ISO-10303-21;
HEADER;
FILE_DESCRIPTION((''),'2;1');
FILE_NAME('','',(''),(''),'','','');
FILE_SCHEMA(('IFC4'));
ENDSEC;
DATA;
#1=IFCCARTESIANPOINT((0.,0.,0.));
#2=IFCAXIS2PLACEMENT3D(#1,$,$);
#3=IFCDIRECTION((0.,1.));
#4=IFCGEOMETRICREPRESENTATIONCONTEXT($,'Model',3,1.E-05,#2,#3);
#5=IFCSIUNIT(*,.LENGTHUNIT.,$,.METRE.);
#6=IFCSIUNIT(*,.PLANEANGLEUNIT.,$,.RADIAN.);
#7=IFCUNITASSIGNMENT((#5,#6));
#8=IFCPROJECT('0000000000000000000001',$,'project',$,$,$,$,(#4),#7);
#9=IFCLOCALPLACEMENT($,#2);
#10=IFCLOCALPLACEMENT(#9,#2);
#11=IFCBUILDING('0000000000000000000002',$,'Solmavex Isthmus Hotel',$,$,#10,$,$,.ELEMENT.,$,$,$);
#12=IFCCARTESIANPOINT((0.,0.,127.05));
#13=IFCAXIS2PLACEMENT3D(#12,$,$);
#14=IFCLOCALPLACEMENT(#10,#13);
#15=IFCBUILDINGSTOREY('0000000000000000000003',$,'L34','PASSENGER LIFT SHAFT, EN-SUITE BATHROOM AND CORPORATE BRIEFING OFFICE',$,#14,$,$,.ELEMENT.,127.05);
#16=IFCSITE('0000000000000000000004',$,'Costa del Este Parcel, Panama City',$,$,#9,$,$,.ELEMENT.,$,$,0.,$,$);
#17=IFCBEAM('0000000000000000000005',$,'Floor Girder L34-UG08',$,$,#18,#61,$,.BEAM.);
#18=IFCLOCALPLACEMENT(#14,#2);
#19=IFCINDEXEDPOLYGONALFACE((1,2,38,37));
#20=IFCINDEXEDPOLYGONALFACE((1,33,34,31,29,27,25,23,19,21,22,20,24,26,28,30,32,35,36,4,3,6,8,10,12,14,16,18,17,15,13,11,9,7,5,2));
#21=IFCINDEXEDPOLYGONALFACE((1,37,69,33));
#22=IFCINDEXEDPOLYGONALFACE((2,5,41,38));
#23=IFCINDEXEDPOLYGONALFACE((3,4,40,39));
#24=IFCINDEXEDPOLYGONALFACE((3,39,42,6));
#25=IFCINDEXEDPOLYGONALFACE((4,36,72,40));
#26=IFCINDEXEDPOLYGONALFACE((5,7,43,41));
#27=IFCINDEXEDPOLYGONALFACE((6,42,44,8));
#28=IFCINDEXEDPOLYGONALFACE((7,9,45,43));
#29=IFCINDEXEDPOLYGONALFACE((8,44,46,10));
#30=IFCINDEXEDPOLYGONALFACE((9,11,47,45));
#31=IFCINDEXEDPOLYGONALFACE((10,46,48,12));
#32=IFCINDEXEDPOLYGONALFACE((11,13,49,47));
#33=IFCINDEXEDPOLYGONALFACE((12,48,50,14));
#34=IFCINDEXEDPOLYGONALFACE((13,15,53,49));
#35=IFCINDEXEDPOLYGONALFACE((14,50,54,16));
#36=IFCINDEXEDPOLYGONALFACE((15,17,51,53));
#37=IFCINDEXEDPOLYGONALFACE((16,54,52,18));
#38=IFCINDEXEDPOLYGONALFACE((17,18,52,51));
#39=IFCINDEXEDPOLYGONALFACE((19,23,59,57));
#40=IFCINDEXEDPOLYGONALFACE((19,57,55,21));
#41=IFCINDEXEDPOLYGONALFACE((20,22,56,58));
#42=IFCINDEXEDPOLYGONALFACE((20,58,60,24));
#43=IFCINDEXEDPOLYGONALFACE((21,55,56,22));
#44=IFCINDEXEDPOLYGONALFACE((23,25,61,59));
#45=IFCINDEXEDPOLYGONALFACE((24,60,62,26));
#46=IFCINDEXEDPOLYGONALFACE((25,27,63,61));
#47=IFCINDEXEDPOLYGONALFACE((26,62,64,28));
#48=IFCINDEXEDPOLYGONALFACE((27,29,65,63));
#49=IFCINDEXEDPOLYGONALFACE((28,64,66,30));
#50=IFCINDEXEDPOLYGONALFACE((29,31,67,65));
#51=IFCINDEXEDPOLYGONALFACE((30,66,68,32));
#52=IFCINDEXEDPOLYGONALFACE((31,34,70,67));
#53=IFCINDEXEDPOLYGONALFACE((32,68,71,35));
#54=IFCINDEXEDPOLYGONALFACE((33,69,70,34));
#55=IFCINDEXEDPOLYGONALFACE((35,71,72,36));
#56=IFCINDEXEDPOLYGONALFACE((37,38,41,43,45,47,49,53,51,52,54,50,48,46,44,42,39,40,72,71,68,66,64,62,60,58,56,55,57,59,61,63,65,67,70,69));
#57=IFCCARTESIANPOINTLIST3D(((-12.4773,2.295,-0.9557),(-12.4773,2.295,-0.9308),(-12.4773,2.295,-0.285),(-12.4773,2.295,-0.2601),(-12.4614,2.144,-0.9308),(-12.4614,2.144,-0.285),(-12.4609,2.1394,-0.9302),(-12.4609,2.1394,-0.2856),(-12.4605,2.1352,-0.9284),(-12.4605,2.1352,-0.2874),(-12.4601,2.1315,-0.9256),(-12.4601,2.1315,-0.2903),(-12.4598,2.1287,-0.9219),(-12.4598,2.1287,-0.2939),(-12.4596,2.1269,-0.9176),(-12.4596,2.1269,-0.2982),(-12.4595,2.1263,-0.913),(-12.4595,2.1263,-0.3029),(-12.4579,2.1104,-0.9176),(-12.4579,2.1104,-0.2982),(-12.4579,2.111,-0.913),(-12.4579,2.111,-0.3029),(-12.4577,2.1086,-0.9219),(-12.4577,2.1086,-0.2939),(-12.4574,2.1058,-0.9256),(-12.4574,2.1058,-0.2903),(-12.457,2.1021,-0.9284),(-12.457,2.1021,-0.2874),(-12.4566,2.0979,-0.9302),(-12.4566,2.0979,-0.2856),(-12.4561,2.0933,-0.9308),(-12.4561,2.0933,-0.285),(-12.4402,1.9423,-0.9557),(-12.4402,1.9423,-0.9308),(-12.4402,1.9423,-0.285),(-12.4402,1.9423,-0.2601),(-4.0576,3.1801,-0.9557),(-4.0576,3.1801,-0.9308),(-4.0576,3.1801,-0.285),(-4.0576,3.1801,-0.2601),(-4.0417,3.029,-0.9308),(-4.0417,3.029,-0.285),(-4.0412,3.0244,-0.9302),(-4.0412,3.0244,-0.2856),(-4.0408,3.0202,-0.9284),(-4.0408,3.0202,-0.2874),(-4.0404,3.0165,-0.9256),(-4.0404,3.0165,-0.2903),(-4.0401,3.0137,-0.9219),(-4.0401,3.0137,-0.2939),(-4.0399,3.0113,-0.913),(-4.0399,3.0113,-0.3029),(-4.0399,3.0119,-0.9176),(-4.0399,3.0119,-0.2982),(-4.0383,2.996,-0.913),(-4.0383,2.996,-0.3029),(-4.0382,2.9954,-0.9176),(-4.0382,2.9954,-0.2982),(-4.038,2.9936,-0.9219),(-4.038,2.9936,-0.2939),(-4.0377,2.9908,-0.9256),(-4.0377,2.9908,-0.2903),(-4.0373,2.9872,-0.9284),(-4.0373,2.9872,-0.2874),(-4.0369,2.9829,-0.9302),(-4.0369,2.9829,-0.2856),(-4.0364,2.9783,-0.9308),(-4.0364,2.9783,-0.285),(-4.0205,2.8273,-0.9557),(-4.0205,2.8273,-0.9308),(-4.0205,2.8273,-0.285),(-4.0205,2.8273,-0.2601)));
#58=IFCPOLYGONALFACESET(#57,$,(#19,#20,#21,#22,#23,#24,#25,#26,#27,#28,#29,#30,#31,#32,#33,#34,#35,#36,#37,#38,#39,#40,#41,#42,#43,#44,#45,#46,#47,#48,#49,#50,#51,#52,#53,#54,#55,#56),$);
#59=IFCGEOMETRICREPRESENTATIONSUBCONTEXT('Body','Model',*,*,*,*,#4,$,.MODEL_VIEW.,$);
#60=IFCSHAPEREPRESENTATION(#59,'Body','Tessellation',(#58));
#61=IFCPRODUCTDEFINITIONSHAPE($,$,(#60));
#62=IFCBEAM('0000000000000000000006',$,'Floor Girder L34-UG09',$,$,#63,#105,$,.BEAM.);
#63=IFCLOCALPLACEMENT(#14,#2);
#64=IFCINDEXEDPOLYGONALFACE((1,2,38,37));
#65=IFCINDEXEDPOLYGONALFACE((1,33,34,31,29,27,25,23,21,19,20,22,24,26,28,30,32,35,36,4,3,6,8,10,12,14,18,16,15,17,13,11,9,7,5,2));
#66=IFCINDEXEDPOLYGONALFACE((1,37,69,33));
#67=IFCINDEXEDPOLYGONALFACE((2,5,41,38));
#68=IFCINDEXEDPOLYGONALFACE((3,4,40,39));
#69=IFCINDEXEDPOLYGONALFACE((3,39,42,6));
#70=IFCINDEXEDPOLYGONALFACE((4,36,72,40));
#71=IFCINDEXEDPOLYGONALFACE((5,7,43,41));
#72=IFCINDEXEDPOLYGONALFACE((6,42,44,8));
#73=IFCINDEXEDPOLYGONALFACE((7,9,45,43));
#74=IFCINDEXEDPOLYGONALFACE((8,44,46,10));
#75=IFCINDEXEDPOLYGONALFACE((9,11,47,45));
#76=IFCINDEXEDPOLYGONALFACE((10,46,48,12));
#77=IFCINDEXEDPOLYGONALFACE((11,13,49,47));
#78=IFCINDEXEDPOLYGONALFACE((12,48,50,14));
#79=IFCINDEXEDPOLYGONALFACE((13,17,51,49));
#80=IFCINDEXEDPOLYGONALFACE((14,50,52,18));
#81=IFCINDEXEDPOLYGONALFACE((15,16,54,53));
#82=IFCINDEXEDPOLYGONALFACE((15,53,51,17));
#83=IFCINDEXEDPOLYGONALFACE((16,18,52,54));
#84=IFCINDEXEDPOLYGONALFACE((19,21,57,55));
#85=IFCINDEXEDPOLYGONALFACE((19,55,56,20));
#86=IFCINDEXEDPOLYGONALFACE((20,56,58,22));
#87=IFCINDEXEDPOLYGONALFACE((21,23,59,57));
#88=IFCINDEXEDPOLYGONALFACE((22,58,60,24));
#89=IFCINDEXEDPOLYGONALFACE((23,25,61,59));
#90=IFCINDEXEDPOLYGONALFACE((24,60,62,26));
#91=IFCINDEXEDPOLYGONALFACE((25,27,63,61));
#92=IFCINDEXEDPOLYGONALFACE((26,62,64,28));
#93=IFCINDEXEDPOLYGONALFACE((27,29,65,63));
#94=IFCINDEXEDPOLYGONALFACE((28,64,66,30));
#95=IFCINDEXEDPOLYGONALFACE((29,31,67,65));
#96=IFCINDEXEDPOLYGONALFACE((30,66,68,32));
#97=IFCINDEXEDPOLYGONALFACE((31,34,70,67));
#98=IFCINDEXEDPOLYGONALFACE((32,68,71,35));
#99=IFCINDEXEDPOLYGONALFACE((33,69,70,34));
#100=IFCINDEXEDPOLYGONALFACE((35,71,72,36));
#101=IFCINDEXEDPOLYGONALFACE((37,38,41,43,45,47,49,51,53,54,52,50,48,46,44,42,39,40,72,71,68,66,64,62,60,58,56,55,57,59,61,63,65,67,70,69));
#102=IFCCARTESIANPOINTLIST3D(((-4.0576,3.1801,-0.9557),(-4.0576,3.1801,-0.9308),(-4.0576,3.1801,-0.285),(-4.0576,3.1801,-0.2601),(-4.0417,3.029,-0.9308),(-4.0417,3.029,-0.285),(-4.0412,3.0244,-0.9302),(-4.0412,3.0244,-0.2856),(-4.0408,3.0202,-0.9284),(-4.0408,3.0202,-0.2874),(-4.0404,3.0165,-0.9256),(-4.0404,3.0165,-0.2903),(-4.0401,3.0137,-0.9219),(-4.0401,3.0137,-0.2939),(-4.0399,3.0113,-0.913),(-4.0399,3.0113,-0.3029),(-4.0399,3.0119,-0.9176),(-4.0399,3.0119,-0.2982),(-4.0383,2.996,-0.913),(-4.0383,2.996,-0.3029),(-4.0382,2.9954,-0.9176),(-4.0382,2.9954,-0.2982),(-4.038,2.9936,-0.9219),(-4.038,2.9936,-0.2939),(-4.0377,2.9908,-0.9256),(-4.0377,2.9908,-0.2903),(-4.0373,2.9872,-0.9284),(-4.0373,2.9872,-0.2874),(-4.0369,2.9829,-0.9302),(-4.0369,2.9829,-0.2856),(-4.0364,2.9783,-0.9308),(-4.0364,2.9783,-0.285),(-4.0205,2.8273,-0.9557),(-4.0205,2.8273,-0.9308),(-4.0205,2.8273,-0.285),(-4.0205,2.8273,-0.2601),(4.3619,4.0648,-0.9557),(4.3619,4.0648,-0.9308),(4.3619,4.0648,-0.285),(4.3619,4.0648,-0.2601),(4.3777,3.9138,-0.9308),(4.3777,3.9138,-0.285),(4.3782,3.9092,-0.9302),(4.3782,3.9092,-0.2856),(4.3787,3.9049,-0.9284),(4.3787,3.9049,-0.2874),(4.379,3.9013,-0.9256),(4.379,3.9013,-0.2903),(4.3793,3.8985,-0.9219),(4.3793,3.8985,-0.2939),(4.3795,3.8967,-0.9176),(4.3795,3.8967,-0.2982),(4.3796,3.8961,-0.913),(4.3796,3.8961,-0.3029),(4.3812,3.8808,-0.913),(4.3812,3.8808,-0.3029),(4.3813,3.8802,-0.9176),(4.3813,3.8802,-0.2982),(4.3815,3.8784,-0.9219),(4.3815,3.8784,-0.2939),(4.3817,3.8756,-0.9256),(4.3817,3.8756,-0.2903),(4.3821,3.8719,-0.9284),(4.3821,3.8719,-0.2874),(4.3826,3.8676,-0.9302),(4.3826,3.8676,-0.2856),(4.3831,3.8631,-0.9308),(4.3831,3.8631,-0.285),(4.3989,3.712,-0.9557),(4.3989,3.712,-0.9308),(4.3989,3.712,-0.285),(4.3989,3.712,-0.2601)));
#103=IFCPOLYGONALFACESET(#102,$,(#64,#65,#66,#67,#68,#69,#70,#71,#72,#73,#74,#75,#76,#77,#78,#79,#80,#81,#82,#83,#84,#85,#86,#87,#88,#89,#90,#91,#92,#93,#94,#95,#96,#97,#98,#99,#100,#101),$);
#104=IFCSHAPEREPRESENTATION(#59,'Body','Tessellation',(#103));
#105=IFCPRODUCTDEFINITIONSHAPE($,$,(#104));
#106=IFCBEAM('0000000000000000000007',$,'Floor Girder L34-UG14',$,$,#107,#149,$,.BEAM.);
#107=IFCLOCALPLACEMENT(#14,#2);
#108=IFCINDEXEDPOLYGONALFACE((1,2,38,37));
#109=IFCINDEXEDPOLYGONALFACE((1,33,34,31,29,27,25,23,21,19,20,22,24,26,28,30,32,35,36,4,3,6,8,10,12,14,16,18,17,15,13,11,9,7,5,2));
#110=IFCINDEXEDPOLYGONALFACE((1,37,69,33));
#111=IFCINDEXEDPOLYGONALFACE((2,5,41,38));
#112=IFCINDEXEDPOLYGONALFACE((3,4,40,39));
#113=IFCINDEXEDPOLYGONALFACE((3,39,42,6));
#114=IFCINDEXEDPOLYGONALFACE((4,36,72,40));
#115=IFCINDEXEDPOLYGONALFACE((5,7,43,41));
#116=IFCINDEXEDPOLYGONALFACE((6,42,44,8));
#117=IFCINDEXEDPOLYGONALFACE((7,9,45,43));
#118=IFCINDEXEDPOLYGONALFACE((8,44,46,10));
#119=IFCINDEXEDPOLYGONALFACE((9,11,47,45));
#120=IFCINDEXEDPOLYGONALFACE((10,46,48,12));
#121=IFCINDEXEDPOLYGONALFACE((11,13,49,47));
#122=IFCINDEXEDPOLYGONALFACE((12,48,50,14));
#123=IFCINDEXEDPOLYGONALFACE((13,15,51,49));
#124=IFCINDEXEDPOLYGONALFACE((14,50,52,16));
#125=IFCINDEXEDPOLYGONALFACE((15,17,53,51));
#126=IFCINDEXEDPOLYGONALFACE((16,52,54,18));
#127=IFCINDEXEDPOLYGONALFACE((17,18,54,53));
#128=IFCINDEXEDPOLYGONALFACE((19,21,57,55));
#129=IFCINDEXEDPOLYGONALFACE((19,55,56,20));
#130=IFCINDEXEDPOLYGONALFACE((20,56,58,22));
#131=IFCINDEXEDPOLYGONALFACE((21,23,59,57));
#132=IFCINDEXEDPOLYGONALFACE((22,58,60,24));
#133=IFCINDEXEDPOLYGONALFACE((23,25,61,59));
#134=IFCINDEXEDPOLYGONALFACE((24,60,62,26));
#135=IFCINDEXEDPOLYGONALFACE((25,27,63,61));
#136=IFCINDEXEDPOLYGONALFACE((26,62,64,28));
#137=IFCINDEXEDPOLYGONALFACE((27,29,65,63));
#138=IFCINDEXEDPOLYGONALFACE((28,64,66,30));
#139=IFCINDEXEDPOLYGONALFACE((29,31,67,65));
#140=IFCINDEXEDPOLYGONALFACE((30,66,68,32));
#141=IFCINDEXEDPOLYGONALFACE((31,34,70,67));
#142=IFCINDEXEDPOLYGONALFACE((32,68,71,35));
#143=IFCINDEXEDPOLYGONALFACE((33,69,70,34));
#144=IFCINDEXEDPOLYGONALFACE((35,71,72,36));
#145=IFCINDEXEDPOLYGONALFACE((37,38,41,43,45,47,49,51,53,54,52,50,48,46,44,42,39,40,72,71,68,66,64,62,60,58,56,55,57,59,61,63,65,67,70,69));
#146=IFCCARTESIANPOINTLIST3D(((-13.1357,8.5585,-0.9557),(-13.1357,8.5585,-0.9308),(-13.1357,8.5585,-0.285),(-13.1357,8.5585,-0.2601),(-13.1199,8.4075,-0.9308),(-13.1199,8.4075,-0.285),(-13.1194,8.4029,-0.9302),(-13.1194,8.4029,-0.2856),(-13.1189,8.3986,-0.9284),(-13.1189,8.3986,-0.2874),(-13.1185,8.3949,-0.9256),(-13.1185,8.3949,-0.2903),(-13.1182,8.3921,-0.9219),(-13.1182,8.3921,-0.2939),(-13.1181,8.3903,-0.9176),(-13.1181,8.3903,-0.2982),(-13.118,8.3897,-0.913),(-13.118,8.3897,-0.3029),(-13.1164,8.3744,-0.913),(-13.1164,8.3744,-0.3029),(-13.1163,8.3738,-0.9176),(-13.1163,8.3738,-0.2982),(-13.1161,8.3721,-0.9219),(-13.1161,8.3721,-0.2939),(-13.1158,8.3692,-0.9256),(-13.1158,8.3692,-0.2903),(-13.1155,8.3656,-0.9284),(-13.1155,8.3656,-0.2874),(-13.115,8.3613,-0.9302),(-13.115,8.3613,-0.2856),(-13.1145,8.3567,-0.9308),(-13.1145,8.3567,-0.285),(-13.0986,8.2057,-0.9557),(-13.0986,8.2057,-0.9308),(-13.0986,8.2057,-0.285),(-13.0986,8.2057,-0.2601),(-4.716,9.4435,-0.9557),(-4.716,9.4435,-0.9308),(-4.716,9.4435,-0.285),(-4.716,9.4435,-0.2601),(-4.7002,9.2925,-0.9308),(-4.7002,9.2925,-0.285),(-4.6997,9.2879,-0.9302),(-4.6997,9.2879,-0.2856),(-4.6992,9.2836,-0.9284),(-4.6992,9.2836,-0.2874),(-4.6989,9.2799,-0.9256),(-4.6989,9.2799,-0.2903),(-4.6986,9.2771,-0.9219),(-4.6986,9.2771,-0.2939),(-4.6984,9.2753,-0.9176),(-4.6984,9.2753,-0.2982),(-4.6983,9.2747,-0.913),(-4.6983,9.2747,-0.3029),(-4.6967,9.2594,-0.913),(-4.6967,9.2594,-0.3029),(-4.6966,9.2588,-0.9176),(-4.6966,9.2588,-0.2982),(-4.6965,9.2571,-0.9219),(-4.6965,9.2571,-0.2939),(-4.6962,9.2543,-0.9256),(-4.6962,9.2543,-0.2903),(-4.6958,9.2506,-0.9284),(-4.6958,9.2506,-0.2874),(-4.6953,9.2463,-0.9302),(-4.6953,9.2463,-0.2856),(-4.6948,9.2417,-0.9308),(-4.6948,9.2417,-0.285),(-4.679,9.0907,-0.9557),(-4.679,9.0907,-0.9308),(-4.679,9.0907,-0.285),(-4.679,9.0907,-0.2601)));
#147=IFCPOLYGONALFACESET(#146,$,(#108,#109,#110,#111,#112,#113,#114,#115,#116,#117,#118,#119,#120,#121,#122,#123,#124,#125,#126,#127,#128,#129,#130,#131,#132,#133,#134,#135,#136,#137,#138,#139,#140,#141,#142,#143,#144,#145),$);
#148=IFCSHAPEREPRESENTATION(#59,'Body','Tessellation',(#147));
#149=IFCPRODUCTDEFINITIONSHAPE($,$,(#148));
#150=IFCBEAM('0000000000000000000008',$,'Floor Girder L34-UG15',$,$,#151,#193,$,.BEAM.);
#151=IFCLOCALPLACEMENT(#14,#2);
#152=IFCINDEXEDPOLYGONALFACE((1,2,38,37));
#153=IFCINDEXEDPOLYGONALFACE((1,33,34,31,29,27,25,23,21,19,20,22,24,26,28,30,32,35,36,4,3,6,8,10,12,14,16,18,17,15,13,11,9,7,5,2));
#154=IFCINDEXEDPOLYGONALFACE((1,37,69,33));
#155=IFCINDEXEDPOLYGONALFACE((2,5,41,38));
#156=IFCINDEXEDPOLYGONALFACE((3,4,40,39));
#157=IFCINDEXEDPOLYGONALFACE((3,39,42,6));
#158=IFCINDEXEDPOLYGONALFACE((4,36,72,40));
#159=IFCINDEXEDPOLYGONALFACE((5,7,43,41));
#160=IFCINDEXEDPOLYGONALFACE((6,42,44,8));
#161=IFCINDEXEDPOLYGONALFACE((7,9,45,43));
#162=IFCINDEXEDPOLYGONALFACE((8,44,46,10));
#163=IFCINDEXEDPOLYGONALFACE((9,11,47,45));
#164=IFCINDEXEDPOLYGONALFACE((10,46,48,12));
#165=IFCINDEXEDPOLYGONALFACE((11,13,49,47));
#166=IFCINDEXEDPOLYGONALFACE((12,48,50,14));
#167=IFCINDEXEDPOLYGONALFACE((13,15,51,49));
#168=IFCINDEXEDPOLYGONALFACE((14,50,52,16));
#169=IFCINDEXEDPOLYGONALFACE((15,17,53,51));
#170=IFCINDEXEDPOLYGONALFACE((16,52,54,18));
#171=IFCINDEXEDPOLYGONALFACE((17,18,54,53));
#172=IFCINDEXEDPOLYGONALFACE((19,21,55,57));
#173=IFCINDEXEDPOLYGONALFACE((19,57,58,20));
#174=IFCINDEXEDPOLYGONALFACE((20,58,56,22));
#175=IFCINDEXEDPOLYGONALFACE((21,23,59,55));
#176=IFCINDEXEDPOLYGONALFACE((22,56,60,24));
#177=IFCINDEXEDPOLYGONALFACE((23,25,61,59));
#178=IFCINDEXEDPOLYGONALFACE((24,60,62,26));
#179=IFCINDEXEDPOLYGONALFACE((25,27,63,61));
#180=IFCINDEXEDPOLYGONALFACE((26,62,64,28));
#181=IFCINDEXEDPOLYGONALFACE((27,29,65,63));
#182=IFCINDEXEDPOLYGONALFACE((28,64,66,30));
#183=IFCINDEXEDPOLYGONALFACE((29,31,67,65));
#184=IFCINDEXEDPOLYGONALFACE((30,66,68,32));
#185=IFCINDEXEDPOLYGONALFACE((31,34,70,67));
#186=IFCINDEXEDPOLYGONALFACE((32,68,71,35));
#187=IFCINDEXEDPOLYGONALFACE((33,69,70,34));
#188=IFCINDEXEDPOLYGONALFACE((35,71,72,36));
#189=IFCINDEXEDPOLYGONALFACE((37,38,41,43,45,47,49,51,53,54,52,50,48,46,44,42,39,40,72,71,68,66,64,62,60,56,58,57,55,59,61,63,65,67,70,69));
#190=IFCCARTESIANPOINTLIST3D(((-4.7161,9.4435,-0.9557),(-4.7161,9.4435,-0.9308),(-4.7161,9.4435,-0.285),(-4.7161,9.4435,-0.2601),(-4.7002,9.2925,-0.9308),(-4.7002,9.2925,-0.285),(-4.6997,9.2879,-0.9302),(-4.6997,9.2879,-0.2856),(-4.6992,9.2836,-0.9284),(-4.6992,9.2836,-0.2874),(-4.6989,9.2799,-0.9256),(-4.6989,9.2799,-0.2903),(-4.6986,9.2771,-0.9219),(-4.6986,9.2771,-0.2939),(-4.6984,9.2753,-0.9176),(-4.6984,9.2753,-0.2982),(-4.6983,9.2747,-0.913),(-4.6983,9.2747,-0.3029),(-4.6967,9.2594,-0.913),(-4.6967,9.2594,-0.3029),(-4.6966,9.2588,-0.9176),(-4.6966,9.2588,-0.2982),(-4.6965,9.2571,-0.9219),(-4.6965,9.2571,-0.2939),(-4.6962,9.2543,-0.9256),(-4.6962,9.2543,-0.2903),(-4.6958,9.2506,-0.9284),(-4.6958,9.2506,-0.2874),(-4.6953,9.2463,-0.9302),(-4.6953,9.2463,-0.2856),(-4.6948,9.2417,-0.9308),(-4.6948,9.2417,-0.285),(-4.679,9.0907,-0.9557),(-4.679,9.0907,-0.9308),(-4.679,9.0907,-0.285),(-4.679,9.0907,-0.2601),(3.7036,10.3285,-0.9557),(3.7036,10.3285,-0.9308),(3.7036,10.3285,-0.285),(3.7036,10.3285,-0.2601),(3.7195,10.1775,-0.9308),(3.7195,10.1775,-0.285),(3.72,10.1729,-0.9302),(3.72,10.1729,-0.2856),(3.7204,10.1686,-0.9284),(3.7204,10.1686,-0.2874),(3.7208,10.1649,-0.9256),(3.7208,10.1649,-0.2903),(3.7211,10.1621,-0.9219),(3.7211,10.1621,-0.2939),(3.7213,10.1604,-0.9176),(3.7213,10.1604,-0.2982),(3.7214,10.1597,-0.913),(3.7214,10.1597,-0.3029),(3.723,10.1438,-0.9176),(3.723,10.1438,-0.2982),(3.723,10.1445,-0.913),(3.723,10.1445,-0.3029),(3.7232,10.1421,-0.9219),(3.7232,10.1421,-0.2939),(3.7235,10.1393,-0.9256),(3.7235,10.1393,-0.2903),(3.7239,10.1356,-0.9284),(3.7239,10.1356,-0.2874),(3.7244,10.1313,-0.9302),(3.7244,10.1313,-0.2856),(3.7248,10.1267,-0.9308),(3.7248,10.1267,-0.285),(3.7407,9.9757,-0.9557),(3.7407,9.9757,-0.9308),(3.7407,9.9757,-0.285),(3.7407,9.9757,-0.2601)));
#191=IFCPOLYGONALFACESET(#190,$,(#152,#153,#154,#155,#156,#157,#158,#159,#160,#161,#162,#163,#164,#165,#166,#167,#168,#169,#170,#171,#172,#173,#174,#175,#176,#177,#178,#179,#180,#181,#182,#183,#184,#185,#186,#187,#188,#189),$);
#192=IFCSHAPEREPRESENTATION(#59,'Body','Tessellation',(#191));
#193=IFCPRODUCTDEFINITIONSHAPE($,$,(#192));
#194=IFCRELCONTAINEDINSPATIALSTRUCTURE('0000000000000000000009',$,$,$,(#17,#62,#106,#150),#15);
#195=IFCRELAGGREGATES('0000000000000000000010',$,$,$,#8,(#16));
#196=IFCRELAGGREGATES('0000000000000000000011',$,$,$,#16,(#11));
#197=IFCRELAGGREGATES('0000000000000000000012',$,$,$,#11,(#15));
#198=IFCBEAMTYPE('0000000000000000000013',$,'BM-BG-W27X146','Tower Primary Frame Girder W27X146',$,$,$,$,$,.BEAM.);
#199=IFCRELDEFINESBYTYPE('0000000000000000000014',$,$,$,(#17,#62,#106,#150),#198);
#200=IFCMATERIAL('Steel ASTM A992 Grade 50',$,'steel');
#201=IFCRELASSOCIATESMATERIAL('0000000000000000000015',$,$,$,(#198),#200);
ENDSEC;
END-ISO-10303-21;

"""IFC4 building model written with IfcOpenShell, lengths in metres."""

from ifc_helpers import new_model, si_unit, direction, frame, origin, origin_2d, place, context, subcontext, project, spatial, i_section, extrude, material, material_profile, profile_set, type_object, element, save


model = new_model("IFC4")

# Units and contexts
model_context = context("Model", 3, precision=1e-05, world=origin(), true_north=direction((0.0, 1.0)))
body_context = subcontext(model_context, "Body", "Model", "MODEL_VIEW")
ifc_project = project(units=[si_unit("LENGTHUNIT", "METRE"), si_unit("PLANEANGLEUNIT", "RADIAN")], contexts=[model_context])

# Site, building, storey
site_placement = place(None, origin())
site = spatial("IfcSite", under=ifc_project, at=site_placement, Name="Costa del Este Parcel, Panama City", CompositionType="ELEMENT", RefElevation=0.0)
building_placement = place(site_placement, origin())
building = spatial("IfcBuilding", under=site, at=building_placement, Name="Solmavex Isthmus Hotel", CompositionType="ELEMENT")
storey_placement = place(building_placement, frame((0.0, 0.0, 127.05)))
storey = spatial("IfcBuildingStorey", under=building, at=storey_placement, Name="L34", Description="PASSENGER LIFT SHAFT, EN-SUITE BATHROOM AND CORPORATE BRIEFING OFFICE", CompositionType="ELEMENT", Elevation=127.05)

# Beams
ifc_material_1 = material(Name="Steel ASTM A992 Grade 50", Category="steel")
ifc_material_profile_1 = material_profile(ifc_material_1, i_section(OverallWidth=0.3547, OverallDepth=0.6956, WebThickness=0.0154, FlangeThickness=0.0249, FilletRadius=0.0178, at=origin_2d()), Name="W27X146")
ifc_profile_set_1 = profile_set([ifc_material_profile_1], Name="Steel ASTM A992 Grade 50")
beam_type_1 = type_object("IfcBeamType", Name="BM-BG-W27X146", Description="Tower Primary Frame Girder W27X146", PredefinedType="BEAM", material=ifc_profile_set_1)
beam_1_placement = place(storey_placement, frame((-12.4587, 2.1187, -0.6079), z_axis=(0.994521, 0.104536, 0.0), x_axis=(-0.104536, 0.994521, 0.0)))
element("IfcBeam", 1, at=beam_1_placement, inside=storey, type_object=beam_type_1, Name="Floor Girder L34-UG08", PredefinedType="BEAM", context=body_context, shape_type="SweptSolid", body=[
    extrude(i_section(OverallWidth=0.3547, OverallDepth=0.6956, WebThickness=0.0154, FlangeThickness=0.0249, FilletRadius=0.0178, at=origin_2d()), origin(), (0.0, 0.0, 1.0), 8.4661),
])
beam_2_placement = place(storey_placement, frame((-4.0391, 3.0037, -0.6079), z_axis=(0.994524, 0.104511, 0.0), x_axis=(-0.104511, 0.994524, 0.0)))
element("IfcBeam", 2, at=beam_2_placement, inside=storey, type_object=beam_type_1, Name="Floor Girder L34-UG09", PredefinedType="BEAM", context=body_context, shape_type="SweptSolid", body=[
    extrude(i_section(OverallWidth=0.3547, OverallDepth=0.6956, WebThickness=0.0154, FlangeThickness=0.0249, FilletRadius=0.0178, at=origin_2d()), origin(), (0.0, 0.0, 1.0), 8.4658),
])
for number, where, z_axis, x_axis, name in (
    (3, (-13.1172, 8.3821, -0.6079), (0.994521, 0.104536, 0.0), (-0.104536, 0.994521, 0.0), "Floor Girder L34-UG14"),
    (4, (-4.6975, 9.2671, -0.6079), (0.994521, 0.104536, 0.0), (-0.104536, 0.994521, 0.0), "Floor Girder L34-UG15"),
):
    element("IfcBeam", number, at=place(storey_placement, frame(where, z_axis=z_axis, x_axis=x_axis)), inside=storey, type_object=beam_type_1, Name=name, PredefinedType="BEAM", context=body_context, shape_type="SweptSolid", body=[
        extrude(i_section(OverallWidth=0.3547, OverallDepth=0.6956, WebThickness=0.0154, FlangeThickness=0.0249, FilletRadius=0.0178, at=origin_2d()), origin(), (0.0, 0.0, 1.0), 8.4661),
    ])

save(model, "model.ifc")
